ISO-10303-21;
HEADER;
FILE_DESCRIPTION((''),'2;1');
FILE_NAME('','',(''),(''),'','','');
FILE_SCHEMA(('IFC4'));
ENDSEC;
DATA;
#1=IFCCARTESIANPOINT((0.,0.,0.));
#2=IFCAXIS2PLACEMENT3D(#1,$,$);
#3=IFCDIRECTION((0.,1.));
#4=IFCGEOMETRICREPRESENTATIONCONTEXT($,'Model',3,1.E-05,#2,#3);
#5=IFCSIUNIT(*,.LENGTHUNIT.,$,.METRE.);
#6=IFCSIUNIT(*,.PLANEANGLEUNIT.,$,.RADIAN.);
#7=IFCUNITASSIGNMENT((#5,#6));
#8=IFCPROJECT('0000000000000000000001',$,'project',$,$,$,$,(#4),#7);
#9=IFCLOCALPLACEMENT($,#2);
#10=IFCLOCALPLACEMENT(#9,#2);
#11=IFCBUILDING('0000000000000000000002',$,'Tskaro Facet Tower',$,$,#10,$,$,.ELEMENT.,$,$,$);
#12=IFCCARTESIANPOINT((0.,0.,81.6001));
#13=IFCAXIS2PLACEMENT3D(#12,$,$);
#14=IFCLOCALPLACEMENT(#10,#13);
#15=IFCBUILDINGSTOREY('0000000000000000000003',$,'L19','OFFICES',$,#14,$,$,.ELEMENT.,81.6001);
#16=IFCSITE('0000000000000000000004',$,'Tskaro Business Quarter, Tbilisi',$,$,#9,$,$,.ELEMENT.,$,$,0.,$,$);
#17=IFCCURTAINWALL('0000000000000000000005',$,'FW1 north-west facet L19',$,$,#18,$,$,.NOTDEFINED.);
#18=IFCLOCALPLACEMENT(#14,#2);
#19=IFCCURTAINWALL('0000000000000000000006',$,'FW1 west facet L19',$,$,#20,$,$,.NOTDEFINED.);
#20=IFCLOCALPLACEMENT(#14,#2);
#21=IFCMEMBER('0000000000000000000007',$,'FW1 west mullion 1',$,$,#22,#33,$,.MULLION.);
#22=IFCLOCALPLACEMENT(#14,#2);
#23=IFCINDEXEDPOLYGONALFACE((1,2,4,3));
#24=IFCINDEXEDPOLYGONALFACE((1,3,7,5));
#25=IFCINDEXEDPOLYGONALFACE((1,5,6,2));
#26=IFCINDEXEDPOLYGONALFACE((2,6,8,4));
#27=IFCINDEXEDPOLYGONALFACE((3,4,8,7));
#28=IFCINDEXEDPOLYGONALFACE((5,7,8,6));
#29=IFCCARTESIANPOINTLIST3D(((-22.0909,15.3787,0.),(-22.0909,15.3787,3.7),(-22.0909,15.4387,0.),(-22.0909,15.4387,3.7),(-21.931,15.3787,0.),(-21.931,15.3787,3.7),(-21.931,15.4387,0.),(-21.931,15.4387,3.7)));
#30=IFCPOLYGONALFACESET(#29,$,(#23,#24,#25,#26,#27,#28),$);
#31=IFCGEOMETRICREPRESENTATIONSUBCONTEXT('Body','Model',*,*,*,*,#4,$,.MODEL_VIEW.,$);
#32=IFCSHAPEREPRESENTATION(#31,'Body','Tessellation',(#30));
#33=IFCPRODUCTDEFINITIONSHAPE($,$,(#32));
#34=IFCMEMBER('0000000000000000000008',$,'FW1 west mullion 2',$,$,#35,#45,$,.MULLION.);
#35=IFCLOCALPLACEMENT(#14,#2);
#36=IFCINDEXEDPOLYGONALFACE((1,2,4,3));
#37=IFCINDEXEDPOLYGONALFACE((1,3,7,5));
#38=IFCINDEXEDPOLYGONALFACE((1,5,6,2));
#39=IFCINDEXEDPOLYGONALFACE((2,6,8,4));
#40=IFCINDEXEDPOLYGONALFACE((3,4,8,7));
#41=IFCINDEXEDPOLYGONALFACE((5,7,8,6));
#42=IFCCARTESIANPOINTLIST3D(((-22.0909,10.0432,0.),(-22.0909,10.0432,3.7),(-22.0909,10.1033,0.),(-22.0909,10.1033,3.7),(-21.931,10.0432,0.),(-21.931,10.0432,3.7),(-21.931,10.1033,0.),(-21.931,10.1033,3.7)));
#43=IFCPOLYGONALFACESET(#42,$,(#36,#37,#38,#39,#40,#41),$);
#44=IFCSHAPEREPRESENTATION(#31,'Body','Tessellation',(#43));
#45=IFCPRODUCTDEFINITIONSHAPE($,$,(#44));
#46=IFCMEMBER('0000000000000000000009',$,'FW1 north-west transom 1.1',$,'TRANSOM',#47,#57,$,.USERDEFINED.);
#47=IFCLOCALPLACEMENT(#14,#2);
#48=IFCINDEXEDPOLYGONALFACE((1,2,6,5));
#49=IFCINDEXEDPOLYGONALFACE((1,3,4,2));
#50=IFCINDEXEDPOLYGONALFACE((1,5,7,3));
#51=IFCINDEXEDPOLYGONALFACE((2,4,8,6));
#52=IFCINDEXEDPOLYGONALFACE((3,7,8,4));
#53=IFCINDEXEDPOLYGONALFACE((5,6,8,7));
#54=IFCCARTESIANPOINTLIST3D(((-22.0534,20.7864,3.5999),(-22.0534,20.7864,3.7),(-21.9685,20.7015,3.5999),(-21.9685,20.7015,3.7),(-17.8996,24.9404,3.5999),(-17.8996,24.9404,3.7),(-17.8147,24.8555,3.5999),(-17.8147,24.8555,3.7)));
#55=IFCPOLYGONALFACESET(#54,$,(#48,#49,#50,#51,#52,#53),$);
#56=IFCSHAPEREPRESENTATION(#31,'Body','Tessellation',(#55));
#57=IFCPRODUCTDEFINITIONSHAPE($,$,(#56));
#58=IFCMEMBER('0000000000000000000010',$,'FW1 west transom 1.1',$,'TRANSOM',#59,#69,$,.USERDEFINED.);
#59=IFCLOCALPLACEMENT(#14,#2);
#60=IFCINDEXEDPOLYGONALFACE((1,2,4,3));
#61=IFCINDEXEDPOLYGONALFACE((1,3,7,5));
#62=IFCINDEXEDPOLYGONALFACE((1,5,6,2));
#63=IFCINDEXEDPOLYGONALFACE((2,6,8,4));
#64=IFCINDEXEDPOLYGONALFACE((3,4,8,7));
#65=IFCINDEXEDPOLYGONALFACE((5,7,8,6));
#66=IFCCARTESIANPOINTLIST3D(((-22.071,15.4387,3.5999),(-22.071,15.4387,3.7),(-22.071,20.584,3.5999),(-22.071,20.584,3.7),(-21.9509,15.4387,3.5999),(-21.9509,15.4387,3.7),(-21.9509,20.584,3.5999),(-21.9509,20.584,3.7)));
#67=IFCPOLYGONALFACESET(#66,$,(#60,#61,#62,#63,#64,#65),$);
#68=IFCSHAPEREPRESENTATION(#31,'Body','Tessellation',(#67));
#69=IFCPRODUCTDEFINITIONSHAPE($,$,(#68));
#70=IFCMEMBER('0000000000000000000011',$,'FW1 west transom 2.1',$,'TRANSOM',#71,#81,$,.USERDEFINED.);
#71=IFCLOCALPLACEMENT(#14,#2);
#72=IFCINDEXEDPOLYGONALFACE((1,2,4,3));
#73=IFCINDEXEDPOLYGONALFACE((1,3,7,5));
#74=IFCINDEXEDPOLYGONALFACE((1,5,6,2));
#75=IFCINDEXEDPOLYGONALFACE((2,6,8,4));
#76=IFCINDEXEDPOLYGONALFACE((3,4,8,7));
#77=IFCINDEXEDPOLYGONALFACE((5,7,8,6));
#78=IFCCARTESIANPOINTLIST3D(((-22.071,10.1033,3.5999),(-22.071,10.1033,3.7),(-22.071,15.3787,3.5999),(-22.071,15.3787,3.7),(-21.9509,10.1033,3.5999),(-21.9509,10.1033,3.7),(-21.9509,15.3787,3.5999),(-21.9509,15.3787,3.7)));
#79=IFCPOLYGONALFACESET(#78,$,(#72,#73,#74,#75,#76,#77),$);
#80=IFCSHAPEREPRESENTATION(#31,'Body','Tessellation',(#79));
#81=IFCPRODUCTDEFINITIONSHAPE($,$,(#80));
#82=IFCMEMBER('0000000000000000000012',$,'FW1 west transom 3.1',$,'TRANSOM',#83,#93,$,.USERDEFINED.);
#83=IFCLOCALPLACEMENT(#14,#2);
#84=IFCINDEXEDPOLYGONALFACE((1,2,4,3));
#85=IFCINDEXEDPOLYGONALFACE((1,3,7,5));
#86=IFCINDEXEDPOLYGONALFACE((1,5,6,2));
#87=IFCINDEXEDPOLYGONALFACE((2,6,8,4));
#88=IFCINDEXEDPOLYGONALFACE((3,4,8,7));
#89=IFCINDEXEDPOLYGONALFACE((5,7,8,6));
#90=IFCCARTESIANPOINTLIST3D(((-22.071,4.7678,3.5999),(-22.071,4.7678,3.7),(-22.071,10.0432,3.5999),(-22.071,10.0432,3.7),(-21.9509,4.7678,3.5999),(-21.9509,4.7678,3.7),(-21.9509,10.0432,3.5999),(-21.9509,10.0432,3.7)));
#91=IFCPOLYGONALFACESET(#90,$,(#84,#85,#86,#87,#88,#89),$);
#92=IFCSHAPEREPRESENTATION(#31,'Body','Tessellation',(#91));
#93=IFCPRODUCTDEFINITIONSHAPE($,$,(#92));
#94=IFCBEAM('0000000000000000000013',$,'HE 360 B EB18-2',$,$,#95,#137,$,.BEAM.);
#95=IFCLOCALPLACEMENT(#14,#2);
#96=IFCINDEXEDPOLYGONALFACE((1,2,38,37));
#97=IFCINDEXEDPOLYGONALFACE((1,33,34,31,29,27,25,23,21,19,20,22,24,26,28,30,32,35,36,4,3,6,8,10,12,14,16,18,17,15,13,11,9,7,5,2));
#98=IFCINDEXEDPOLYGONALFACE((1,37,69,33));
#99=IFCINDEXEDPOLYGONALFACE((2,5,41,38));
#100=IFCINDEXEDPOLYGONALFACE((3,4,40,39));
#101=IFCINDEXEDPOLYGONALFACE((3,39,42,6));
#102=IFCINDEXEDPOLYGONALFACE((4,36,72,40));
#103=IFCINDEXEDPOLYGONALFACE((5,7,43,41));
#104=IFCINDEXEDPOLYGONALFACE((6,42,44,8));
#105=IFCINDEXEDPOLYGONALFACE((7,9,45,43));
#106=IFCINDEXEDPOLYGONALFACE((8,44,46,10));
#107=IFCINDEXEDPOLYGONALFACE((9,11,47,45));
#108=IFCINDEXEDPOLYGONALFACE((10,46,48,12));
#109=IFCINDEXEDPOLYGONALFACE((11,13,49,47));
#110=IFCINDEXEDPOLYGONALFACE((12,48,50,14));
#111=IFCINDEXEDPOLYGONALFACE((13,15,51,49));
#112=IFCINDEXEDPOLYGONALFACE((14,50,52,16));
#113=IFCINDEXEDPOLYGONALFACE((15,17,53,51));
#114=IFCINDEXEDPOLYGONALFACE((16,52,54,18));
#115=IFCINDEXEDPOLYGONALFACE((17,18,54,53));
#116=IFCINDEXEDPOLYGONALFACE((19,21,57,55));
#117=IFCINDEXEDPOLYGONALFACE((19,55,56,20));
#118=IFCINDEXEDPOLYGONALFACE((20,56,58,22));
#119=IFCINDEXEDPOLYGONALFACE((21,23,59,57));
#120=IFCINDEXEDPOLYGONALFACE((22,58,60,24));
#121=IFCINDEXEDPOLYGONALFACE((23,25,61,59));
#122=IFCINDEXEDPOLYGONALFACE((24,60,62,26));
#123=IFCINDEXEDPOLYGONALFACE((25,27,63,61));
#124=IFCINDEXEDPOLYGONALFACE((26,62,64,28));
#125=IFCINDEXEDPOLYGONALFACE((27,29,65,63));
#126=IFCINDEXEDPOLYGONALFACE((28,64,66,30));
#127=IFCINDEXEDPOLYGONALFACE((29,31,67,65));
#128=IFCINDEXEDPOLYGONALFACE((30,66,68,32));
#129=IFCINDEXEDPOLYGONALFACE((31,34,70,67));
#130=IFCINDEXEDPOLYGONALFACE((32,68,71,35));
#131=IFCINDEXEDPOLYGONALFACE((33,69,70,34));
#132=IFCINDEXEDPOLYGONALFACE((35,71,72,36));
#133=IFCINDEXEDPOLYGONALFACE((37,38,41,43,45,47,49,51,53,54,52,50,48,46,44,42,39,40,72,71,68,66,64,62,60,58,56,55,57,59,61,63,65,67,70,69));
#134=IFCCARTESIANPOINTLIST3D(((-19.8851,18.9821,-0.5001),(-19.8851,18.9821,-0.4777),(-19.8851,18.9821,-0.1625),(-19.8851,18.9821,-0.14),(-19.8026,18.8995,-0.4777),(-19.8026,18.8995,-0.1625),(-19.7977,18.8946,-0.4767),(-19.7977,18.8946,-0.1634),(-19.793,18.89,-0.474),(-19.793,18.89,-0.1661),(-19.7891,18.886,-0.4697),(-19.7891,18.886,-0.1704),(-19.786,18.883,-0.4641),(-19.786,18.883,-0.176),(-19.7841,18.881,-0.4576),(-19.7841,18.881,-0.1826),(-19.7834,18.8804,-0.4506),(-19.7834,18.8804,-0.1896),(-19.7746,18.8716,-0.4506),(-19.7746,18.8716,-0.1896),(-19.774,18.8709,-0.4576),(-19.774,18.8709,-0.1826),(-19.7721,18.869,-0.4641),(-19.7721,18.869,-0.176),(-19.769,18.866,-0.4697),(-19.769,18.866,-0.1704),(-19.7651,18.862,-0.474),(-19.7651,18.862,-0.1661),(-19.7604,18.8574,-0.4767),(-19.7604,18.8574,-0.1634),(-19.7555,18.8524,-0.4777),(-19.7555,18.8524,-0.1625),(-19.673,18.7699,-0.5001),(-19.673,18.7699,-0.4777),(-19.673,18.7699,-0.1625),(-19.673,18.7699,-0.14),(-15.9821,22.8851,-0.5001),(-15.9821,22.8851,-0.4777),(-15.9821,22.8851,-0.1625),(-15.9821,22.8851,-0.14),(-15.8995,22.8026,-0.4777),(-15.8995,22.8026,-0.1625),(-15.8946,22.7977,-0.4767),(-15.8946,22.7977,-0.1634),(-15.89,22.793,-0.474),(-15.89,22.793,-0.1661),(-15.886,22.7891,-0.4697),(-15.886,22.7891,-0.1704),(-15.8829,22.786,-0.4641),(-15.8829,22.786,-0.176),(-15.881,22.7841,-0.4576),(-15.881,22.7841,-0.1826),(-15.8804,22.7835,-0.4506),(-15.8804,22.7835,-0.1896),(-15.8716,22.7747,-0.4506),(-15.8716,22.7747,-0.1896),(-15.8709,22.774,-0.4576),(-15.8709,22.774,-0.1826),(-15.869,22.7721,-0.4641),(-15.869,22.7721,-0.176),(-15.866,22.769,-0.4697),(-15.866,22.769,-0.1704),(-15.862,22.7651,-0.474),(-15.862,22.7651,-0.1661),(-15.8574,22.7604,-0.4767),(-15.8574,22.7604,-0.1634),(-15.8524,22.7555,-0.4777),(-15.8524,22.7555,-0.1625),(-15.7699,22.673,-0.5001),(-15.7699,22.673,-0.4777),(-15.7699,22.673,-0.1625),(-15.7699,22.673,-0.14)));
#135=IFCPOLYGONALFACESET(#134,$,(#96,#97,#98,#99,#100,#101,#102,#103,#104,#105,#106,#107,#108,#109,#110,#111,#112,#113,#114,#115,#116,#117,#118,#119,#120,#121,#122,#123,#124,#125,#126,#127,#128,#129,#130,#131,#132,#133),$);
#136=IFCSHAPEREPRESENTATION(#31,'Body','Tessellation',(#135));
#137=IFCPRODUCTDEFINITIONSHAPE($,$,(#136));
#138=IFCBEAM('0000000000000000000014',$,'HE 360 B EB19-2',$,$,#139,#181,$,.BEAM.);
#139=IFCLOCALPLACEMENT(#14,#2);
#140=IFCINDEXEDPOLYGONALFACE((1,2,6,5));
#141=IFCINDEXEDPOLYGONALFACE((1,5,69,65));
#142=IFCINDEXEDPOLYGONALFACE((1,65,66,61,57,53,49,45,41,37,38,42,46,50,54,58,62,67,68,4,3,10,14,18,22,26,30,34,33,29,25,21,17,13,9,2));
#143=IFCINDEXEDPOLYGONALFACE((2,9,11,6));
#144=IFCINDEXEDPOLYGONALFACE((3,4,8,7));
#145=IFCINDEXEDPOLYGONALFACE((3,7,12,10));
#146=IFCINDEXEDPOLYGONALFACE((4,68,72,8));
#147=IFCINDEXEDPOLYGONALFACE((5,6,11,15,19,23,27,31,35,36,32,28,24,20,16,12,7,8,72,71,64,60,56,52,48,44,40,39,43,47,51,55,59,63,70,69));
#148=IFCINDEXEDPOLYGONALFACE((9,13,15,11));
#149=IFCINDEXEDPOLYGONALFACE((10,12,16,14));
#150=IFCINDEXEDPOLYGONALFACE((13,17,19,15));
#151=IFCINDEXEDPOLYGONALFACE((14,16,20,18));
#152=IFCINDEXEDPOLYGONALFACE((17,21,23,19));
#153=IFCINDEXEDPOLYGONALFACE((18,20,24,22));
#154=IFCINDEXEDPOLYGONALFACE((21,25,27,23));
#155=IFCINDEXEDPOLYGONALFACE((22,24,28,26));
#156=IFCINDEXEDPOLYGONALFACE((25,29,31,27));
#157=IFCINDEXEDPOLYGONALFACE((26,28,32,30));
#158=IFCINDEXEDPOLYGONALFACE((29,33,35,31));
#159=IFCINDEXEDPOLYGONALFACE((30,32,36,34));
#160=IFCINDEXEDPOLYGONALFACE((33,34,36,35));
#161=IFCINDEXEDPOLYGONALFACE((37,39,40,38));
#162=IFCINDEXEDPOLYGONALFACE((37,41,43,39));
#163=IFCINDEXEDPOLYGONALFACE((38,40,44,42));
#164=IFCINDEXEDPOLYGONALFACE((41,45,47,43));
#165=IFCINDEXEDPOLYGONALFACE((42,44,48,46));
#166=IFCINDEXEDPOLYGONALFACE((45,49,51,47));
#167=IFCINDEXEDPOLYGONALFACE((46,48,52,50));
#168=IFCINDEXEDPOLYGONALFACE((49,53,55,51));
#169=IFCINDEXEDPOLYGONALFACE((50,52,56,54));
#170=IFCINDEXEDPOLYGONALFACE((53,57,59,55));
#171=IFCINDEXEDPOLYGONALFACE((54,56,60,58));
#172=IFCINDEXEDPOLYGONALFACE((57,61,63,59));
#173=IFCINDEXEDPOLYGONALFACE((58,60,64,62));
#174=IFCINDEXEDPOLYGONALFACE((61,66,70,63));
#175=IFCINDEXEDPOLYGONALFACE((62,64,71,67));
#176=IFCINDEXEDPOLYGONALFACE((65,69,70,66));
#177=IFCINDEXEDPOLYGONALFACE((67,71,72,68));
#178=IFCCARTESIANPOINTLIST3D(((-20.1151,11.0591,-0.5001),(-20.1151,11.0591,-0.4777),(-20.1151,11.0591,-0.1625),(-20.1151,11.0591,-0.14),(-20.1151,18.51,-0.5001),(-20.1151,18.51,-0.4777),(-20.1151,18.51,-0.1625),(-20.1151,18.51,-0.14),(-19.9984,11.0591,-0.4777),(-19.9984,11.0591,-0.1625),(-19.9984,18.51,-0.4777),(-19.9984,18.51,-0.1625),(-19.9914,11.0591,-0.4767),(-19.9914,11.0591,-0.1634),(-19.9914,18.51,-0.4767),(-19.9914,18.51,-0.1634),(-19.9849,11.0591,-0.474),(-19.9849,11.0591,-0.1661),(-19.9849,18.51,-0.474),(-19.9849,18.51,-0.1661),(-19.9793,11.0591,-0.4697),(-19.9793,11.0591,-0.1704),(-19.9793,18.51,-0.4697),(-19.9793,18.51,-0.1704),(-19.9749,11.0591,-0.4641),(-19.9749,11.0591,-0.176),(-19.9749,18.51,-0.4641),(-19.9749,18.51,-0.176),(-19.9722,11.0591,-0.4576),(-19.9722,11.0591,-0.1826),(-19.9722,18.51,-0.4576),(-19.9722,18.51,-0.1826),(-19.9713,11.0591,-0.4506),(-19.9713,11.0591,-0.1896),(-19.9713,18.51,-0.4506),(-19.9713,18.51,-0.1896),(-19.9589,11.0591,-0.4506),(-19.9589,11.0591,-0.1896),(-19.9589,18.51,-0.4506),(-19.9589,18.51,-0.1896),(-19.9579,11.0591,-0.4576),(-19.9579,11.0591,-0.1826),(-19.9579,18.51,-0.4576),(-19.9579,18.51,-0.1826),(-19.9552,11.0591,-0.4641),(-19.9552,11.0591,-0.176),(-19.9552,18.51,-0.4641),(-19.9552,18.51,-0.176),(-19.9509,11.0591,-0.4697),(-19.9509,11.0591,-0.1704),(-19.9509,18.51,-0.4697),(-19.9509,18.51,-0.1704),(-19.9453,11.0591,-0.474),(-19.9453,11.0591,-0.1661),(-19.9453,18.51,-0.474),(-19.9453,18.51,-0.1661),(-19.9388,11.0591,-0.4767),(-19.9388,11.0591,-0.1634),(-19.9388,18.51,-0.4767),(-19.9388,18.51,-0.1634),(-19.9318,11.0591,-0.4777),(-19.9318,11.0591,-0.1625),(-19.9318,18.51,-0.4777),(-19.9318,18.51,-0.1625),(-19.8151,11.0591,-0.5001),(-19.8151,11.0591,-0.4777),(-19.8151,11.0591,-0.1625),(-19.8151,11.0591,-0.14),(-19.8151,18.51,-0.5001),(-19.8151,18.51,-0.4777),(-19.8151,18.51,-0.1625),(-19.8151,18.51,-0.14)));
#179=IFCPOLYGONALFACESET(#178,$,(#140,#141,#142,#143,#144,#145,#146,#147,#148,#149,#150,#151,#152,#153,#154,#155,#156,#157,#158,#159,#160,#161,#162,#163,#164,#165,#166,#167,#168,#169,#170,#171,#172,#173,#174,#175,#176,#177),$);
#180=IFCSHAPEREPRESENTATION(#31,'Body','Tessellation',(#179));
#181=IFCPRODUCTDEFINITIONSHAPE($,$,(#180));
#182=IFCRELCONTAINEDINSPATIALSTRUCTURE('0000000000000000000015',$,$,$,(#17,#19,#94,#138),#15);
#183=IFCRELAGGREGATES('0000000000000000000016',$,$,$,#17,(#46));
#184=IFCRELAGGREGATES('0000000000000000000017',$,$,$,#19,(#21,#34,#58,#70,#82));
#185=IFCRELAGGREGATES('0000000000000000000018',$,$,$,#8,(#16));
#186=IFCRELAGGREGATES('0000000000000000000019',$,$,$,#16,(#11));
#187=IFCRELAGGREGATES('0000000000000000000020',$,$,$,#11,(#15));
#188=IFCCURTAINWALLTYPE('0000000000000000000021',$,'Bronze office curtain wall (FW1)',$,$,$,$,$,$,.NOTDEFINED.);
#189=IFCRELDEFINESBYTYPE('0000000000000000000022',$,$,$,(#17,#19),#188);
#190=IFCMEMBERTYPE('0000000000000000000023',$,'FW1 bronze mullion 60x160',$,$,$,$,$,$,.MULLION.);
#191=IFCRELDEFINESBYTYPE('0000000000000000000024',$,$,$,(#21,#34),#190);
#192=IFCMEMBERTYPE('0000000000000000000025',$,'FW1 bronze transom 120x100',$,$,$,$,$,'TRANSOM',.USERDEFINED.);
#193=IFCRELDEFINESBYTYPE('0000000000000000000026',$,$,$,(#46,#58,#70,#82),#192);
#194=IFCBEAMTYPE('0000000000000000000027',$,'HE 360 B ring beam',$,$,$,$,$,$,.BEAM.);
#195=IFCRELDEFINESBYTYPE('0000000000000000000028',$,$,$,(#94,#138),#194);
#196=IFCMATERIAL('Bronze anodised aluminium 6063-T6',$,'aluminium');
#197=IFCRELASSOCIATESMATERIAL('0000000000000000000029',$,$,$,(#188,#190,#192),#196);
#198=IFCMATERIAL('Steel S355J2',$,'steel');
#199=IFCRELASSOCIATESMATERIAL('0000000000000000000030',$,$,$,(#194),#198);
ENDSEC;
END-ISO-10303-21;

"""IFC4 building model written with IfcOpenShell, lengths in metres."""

from ifc_helpers import new_model, si_unit, direction, frame, origin, origin_2d, place, context, subcontext, project, spatial, rectangle, i_section, extrude, material, material_profile, profile_set, type_object, element, aggregate, save


model = new_model("IFC4")

# Units and contexts
model_context = context("Model", 3, precision=1e-05, world=origin(), true_north=direction((0.0, 1.0)))
body_context = subcontext(model_context, "Body", "Model", "MODEL_VIEW")
ifc_project = project(units=[si_unit("LENGTHUNIT", "METRE"), si_unit("PLANEANGLEUNIT", "RADIAN")], contexts=[model_context])

# Site, building, storey
site_placement = place(None, origin())
site = spatial("IfcSite", under=ifc_project, at=site_placement, Name="Tskaro Business Quarter, Tbilisi", CompositionType="ELEMENT", RefElevation=0.0)
building_placement = place(site_placement, origin())
building = spatial("IfcBuilding", under=site, at=building_placement, Name="Tskaro Facet Tower", CompositionType="ELEMENT")
storey_placement = place(building_placement, frame((0.0, 0.0, 81.6001)))
storey = spatial("IfcBuildingStorey", under=building, at=storey_placement, Name="L19", Description="OFFICES", CompositionType="ELEMENT", Elevation=81.6001)

# Curtain wall
ifc_material_1 = material(Name="Bronze anodised aluminium 6063-T6", Category="aluminium")
curtain_wall_type = type_object("IfcCurtainWallType", Name="Bronze office curtain wall (FW1)", PredefinedType="NOTDEFINED", material=ifc_material_1)
curtain_wall_1_placement = place(storey_placement, origin())
curtain_wall_1 = element("IfcCurtainWall", 1, at=curtain_wall_1_placement, inside=storey, type_object=curtain_wall_type, Name="FW1 north-west facet L19", PredefinedType="NOTDEFINED")

# Curtain wall, members
curtain_wall_2_placement = place(storey_placement, origin())
curtain_wall_2 = element("IfcCurtainWall", 2, at=curtain_wall_2_placement, inside=storey, type_object=curtain_wall_type, Name="FW1 west facet L19", PredefinedType="NOTDEFINED")
ifc_material_profile_1 = material_profile(ifc_material_1, rectangle(XDim=0.0601, YDim=0.1599, at=origin_2d()), Name="Mullion 60x160")
ifc_profile_set_1 = profile_set([ifc_material_profile_1], Name="Bronze anodised aluminium 6063-T6")
member_type_1 = type_object("IfcMemberType", Name="FW1 bronze mullion 60x160", PredefinedType="MULLION", material=ifc_profile_set_1)
member_1_placement = place(storey_placement, frame((-22.011, 15.4087, 0.0), z_axis=(0.0, 0.0, 1.0), x_axis=(0.0, -1.0, 0.0)))
member_1 = element("IfcMember", 3, at=member_1_placement, type_object=member_type_1, Name="FW1 west mullion 1", PredefinedType="MULLION", context=body_context, shape_type="SweptSolid", body=[
    extrude(rectangle(XDim=0.0601, YDim=0.1599, at=origin_2d()), origin(), (0.0, 0.0, 1.0), 3.7),
])
member_2_placement = place(storey_placement, frame((-22.011, 10.0732, 0.0), z_axis=(0.0, 0.0, 1.0), x_axis=(0.0, -1.0, 0.0)))
member_2 = element("IfcMember", 4, at=member_2_placement, type_object=member_type_1, Name="FW1 west mullion 2", PredefinedType="MULLION", context=body_context, shape_type="SweptSolid", body=[
    extrude(rectangle(XDim=0.0601, YDim=0.1599, at=origin_2d()), origin(), (0.0, 0.0, 1.0), 3.7),
])

# Members
ifc_material_profile_2 = material_profile(ifc_material_1, rectangle(XDim=0.1201, YDim=0.1001, at=origin_2d()), Name="Transom 120x100")
ifc_profile_set_2 = profile_set([ifc_material_profile_2], Name="Bronze anodised aluminium 6063-T6")
member_type_2 = type_object("IfcMemberType", Name="FW1 bronze transom 120x100", ElementType="TRANSOM", PredefinedType="USERDEFINED", material=ifc_profile_set_2)
member_3_placement = place(storey_placement, frame((-17.8572, 24.8979, 3.6499), z_axis=(-0.707086, -0.707128, 0.0), x_axis=(0.707128, -0.707086, 0.0)))
member_3 = element("IfcMember", 5, at=member_3_placement, type_object=member_type_2, Name="FW1 north-west transom 1.1", ObjectType="TRANSOM", PredefinedType="USERDEFINED", context=body_context, shape_type="SweptSolid", body=[
    extrude(rectangle(XDim=0.1201, YDim=0.1001, at=origin_2d()), origin(), (0.0, 0.0, 1.0), 5.8745),
])
member_4_placement = place(storey_placement, frame((-22.011, 20.584, 3.6499), z_axis=(0.0, -1.0, 0.0), x_axis=(1.0, 0.0, 0.0)))
member_4 = element("IfcMember", 6, at=member_4_placement, type_object=member_type_2, Name="FW1 west transom 1.1", ObjectType="TRANSOM", PredefinedType="USERDEFINED", context=body_context, shape_type="SweptSolid", body=[
    extrude(rectangle(XDim=0.1201, YDim=0.1001, at=origin_2d()), origin(), (0.0, 0.0, 1.0), 5.1453),
])
member_5_placement = place(storey_placement, frame((-22.011, 15.3787, 3.6499), z_axis=(0.0, -1.0, 0.0), x_axis=(1.0, 0.0, 0.0)))
member_5 = element("IfcMember", 7, at=member_5_placement, type_object=member_type_2, Name="FW1 west transom 2.1", ObjectType="TRANSOM", PredefinedType="USERDEFINED", context=body_context, shape_type="SweptSolid", body=[
    extrude(rectangle(XDim=0.1201, YDim=0.1001, at=origin_2d()), origin(), (0.0, 0.0, 1.0), 5.2754),
])
member_6_placement = place(storey_placement, frame((-22.011, 10.0432, 3.6499), z_axis=(0.0, -1.0, 0.0), x_axis=(1.0, 0.0, 0.0)))
member_6 = element("IfcMember", 8, at=member_6_placement, type_object=member_type_2, Name="FW1 west transom 3.1", ObjectType="TRANSOM", PredefinedType="USERDEFINED", context=body_context, shape_type="SweptSolid", body=[
    extrude(rectangle(XDim=0.1201, YDim=0.1001, at=origin_2d()), origin(), (0.0, 0.0, 1.0), 5.2754),
])

# Beams
ifc_material_2 = material(Name="Steel S355J2", Category="steel")
ifc_material_profile_3 = material_profile(ifc_material_2, i_section(OverallWidth=0.3, OverallDepth=0.3601, WebThickness=0.0125, FlangeThickness=0.0225, FilletRadius=0.0271, at=origin_2d()), Name="HE 360 B")
ifc_profile_set_3 = profile_set([ifc_material_profile_3], Name="Steel S355J2")
beam_type_1 = type_object("IfcBeamType", Name="HE 360 B ring beam", PredefinedType="BEAM", material=ifc_profile_set_3)
beam_1_placement = place(storey_placement, frame((-15.876, 22.7791, -0.3201), z_axis=(-0.707107, -0.707107, 0.0), x_axis=(0.707107, -0.707107, 0.0)))
element("IfcBeam", 9, at=beam_1_placement, inside=storey, type_object=beam_type_1, Name="HE 360 B EB18-2", PredefinedType="BEAM", context=body_context, shape_type="SweptSolid", body=[
    extrude(i_section(OverallWidth=0.3, OverallDepth=0.3601, WebThickness=0.0125, FlangeThickness=0.0225, FilletRadius=0.0271, at=origin_2d()), origin(), (0.0, 0.0, 1.0), 5.5198),
])
for number, where, z_axis, x_axis, name in (
    (10, (-19.9651, 18.51, -0.3201), (0.0, -1.0, 0.0), (1.0, 0.0, 0.0), "HE 360 B EB19-2"),
):
    element("IfcBeam", number, at=place(storey_placement, frame(where, z_axis=z_axis, x_axis=x_axis)), inside=storey, type_object=beam_type_1, Name=name, PredefinedType="BEAM", context=body_context, shape_type="SweptSolid", body=[
        extrude(i_section(OverallWidth=0.3, OverallDepth=0.3601, WebThickness=0.0125, FlangeThickness=0.0225, FilletRadius=0.0271, at=origin_2d()), origin(), (0.0, 0.0, 1.0), 7.4509),
    ])

aggregate(curtain_wall_1, [member_3])
aggregate(curtain_wall_2, [member_1, member_2, member_4, member_5, member_6])

save(model, "model.ifc")
